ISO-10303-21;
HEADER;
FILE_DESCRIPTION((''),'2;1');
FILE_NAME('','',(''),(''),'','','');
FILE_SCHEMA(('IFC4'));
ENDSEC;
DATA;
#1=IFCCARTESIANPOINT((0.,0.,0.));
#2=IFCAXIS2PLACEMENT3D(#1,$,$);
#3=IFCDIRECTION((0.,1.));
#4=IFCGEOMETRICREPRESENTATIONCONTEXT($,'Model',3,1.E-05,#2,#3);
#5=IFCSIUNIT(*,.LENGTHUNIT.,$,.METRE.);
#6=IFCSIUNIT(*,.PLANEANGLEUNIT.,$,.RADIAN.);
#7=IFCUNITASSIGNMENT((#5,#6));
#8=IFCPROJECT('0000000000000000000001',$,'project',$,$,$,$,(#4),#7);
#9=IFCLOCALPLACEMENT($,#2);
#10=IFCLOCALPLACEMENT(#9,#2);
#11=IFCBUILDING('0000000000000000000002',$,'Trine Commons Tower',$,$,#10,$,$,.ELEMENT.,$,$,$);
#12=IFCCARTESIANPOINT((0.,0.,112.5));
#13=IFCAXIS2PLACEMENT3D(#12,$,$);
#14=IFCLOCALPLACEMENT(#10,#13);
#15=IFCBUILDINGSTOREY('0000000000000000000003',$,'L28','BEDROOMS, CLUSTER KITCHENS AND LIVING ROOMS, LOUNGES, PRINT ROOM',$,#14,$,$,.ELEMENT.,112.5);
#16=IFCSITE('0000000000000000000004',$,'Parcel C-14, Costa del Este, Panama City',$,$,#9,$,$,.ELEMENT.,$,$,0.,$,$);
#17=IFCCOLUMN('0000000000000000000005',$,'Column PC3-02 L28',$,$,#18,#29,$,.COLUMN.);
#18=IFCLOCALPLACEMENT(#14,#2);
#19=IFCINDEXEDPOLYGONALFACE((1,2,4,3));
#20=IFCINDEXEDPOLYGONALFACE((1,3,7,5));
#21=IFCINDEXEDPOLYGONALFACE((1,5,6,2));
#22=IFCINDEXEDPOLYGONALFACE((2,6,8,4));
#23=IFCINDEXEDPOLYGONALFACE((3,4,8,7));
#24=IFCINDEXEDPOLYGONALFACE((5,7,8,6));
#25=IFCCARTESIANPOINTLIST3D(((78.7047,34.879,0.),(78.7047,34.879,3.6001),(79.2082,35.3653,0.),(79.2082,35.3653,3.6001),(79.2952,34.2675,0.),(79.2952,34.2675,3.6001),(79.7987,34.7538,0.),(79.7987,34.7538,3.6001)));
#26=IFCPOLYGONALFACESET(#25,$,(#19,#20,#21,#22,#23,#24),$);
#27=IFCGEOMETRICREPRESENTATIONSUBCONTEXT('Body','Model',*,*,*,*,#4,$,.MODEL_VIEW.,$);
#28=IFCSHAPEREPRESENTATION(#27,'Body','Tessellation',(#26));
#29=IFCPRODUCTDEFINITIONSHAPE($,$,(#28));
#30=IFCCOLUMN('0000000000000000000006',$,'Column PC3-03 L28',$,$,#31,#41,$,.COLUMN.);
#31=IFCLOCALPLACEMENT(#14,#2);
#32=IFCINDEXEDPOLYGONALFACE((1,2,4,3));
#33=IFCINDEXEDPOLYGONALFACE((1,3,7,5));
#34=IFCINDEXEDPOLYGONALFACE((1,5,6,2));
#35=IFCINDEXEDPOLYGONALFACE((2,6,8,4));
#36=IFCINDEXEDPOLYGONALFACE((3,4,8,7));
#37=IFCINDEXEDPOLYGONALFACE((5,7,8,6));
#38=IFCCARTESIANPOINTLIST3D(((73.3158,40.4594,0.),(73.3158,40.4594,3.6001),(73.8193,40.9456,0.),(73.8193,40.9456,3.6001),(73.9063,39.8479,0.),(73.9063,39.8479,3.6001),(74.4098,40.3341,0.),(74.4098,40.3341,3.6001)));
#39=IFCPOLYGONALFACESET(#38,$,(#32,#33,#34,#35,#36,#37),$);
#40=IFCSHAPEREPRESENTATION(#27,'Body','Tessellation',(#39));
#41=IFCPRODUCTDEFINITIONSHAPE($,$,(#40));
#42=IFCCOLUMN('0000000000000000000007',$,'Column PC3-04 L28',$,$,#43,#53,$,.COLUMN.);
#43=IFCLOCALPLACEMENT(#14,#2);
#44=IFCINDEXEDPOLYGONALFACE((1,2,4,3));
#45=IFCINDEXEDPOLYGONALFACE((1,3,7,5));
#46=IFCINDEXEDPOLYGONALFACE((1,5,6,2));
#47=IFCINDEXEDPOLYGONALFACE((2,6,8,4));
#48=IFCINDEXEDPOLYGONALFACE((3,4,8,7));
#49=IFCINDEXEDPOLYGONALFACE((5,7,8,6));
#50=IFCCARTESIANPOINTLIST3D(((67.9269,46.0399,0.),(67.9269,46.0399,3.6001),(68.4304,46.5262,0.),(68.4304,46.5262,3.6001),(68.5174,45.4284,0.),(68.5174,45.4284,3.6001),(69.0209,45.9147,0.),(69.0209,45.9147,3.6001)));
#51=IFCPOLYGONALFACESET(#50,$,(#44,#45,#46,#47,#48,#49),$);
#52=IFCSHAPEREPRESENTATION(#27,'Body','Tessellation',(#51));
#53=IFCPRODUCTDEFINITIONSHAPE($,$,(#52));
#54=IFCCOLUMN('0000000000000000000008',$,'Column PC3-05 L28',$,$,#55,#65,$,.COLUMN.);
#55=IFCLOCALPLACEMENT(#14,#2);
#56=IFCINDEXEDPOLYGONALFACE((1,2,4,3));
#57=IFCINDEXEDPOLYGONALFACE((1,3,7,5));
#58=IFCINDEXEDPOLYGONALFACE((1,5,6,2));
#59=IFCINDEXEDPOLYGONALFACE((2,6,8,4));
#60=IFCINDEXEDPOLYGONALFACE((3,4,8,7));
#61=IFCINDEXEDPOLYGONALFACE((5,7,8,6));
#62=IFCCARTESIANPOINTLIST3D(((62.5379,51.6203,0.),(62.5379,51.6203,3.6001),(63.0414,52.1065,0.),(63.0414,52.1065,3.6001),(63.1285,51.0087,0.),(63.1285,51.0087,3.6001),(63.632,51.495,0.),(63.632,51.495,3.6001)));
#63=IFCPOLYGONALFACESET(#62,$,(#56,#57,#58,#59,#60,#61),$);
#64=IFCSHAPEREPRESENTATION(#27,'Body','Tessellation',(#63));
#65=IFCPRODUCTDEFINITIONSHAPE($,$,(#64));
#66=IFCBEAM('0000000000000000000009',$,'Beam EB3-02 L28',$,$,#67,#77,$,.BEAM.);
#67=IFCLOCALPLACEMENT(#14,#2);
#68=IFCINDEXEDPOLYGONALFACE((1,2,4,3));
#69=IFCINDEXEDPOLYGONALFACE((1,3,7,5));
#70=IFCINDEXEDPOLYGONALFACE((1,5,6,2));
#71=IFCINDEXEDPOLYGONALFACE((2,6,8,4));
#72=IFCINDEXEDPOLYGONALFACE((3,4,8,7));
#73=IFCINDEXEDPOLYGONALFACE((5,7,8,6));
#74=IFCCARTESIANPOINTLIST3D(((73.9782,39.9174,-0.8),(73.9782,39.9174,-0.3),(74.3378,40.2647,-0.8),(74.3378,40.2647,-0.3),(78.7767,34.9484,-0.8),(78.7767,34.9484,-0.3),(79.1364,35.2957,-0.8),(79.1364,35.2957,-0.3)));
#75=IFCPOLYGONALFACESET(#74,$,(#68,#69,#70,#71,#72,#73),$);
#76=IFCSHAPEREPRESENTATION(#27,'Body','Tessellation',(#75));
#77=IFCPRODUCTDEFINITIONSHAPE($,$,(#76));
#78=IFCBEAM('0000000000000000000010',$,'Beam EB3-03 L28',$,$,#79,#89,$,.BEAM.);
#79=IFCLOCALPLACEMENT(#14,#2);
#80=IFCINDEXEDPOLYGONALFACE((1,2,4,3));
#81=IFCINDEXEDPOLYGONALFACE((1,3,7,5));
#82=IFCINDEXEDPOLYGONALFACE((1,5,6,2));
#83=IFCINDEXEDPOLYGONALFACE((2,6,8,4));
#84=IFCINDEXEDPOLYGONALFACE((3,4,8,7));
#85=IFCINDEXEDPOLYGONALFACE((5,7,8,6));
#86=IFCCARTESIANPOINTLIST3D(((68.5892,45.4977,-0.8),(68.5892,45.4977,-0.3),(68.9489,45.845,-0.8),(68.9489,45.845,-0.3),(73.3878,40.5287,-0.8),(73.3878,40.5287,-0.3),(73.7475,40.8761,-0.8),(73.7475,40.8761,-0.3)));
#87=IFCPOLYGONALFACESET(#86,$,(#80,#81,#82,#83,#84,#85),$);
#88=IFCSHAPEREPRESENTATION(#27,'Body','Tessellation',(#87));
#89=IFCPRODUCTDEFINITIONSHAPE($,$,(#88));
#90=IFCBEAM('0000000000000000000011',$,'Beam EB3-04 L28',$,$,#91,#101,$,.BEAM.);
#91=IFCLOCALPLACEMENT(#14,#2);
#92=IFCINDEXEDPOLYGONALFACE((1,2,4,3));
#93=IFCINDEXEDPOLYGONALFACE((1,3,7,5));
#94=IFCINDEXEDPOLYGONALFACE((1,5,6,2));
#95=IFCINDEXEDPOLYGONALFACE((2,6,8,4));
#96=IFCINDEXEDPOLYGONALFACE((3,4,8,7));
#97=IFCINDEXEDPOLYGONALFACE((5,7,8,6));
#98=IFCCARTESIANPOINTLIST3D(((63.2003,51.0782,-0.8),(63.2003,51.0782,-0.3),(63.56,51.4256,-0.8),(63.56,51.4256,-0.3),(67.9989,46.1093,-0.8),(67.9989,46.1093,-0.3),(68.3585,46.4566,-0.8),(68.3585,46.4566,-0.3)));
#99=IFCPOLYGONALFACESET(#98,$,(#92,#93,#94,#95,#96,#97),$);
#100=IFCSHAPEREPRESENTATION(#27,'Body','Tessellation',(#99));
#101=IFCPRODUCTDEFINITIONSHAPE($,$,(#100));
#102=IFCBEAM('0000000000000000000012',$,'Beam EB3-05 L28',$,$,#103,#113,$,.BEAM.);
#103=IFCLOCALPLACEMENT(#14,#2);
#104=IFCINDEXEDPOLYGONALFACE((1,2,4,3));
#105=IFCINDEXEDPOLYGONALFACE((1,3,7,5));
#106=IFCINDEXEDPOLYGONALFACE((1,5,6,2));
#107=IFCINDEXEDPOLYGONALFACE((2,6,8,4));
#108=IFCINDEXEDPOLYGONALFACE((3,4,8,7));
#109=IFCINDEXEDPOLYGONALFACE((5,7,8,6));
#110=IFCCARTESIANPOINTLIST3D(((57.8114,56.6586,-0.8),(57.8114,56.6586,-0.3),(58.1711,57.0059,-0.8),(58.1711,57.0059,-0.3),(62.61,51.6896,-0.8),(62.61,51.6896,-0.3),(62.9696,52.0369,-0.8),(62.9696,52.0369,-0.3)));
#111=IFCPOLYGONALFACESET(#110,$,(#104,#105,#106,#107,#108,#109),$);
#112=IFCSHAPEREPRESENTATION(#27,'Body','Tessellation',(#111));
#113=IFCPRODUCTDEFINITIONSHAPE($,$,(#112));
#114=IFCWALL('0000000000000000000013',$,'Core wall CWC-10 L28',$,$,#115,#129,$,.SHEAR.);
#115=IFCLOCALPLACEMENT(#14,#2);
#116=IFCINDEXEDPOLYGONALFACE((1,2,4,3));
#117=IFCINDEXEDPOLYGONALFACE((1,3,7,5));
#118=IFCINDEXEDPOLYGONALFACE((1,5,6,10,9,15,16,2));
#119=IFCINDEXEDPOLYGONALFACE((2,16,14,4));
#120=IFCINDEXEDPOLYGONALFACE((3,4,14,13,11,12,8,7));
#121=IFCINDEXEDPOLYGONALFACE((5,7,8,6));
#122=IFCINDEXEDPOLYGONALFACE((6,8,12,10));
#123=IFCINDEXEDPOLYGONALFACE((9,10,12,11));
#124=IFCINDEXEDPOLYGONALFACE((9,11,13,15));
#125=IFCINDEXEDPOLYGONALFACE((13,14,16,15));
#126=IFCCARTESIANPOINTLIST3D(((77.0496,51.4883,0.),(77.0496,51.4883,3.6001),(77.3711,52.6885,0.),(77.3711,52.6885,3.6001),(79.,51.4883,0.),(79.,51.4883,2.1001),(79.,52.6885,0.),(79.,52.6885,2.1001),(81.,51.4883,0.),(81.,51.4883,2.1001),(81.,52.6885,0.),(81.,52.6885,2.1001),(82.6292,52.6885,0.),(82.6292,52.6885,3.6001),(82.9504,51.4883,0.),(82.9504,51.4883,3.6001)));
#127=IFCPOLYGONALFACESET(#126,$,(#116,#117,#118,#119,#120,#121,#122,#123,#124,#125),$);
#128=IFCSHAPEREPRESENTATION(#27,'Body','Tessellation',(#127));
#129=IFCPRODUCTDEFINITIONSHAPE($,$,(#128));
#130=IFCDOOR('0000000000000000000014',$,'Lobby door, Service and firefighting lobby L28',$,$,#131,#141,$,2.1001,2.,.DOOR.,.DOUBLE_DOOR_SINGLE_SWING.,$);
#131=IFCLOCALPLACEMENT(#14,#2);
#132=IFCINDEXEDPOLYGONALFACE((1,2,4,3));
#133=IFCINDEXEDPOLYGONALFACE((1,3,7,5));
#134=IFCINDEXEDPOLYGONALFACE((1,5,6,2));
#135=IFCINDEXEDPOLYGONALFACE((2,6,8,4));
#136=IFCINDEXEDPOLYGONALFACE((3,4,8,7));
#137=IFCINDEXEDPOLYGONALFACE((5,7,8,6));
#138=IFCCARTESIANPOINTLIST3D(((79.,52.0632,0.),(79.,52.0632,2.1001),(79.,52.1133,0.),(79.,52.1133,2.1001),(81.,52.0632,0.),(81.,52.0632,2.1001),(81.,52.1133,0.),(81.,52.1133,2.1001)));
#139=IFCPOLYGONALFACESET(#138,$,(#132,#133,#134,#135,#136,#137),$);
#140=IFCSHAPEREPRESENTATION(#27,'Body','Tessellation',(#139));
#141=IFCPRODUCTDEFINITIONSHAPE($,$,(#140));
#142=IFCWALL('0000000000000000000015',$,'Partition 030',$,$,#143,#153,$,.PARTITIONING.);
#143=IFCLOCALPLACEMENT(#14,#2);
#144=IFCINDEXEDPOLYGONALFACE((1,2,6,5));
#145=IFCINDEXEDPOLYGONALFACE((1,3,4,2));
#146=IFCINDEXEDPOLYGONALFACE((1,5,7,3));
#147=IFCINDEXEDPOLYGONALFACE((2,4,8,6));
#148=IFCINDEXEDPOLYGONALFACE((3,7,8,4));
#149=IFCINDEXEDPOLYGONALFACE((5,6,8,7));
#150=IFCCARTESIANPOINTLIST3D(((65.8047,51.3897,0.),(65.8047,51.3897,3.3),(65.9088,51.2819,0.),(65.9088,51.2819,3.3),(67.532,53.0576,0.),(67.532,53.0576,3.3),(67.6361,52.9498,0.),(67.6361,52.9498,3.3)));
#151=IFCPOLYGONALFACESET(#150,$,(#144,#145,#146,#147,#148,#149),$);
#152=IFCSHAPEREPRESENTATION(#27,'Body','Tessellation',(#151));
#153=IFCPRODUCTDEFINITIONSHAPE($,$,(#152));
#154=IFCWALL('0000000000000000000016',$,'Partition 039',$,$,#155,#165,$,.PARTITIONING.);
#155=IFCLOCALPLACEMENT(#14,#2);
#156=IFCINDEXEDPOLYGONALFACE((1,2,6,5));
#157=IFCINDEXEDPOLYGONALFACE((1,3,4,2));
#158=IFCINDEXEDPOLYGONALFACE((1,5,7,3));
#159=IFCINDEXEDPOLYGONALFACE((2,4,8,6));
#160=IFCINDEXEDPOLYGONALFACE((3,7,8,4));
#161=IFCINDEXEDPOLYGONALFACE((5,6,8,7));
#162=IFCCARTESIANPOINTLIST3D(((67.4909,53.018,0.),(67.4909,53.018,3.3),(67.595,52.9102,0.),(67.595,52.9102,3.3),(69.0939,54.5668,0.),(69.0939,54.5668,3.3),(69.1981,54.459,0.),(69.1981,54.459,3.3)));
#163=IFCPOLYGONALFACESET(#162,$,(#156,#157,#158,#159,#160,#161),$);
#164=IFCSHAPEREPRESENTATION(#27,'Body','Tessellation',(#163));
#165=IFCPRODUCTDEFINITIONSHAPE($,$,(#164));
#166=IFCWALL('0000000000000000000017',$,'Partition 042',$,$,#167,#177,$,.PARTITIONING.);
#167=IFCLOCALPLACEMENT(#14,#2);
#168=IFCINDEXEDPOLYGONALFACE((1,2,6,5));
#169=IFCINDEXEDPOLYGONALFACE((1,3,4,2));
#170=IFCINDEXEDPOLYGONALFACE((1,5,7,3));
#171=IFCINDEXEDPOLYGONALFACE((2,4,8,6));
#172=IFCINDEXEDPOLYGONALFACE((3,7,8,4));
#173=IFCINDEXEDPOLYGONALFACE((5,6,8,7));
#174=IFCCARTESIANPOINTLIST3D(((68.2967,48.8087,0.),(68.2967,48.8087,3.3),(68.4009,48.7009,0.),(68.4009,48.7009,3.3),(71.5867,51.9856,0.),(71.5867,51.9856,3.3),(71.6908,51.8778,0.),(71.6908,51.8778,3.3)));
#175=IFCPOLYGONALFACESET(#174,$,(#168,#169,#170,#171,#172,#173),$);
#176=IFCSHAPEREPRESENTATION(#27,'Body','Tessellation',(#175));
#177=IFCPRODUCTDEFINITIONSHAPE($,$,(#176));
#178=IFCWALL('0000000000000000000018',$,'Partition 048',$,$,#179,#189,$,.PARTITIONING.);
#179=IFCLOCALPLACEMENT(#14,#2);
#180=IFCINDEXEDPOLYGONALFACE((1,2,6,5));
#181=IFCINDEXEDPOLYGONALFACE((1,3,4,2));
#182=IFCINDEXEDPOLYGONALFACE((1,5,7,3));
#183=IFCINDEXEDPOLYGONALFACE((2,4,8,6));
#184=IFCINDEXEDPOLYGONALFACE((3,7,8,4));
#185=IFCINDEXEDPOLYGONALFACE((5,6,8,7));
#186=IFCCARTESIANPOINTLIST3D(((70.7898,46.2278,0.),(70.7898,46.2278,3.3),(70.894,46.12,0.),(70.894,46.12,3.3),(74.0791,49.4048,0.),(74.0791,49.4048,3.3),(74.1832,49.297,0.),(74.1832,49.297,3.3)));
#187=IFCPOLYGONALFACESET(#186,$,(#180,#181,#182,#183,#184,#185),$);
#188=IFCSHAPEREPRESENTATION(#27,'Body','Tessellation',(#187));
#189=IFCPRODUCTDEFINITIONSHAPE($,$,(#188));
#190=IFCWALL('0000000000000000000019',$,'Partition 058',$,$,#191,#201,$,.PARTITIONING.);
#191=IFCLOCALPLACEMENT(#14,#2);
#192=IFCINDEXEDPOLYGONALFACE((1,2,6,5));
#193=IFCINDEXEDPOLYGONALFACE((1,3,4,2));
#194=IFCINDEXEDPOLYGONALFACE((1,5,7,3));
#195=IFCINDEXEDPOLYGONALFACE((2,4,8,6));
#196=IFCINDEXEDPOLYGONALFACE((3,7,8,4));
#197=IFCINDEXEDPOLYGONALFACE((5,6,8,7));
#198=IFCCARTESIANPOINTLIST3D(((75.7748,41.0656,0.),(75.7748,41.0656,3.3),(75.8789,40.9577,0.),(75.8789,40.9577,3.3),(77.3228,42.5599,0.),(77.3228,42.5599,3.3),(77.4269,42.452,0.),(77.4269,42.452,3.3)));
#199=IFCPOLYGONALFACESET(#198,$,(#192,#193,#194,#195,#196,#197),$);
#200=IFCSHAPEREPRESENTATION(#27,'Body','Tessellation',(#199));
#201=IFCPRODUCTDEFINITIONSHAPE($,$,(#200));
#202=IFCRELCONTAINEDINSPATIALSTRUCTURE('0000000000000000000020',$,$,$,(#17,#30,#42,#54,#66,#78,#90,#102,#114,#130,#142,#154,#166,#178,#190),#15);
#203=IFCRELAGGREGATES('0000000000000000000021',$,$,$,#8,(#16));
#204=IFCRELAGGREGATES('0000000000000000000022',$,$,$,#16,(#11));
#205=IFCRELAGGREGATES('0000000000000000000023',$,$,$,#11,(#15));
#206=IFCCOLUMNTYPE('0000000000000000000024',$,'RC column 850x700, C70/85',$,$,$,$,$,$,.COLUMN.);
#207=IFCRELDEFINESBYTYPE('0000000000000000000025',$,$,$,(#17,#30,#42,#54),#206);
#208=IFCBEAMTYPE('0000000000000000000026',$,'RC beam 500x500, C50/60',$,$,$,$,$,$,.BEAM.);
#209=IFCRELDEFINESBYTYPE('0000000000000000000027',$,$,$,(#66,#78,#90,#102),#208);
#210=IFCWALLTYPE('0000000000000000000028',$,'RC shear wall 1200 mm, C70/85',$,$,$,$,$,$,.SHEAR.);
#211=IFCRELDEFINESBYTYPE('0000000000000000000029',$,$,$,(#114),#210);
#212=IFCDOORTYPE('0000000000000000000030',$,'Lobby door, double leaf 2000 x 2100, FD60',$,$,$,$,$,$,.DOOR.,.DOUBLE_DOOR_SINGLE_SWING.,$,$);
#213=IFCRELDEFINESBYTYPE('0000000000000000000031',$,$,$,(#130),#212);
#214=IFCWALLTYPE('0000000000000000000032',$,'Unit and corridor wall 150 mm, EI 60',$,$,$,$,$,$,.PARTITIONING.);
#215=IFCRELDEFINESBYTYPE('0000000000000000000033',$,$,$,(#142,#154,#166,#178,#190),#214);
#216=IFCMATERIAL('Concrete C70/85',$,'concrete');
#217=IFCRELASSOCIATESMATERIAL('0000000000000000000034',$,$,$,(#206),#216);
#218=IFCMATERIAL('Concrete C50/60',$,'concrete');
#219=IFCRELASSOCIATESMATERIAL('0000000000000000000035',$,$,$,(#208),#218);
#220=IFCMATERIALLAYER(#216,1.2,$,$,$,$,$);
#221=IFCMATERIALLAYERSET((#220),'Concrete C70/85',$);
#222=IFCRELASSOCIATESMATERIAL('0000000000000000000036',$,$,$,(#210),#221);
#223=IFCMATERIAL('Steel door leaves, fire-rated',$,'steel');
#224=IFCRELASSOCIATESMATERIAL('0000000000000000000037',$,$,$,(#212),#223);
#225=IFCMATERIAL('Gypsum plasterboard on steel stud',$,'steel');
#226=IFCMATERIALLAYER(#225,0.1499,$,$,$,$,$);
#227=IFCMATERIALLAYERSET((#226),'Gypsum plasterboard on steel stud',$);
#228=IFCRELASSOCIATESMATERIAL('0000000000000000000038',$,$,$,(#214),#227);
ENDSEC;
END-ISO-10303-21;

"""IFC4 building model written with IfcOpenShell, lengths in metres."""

from ifc_helpers import new_model, si_unit, direction, frame, frame_2d, origin, origin_2d, place, context, subcontext, project, spatial, polyline, rectangle, outline, extrude, material, layer, layer_set, material_profile, profile_set, type_object, element, fill, save


model = new_model("IFC4")

# Units and contexts
model_context = context("Model", 3, precision=1e-05, world=origin(), true_north=direction((0.0, 1.0)))
body_context = subcontext(model_context, "Body", "Model", "MODEL_VIEW")
ifc_project = project(units=[si_unit("LENGTHUNIT", "METRE"), si_unit("PLANEANGLEUNIT", "RADIAN")], contexts=[model_context])

# Site, building, storey
site_placement = place(None, origin())
site = spatial("IfcSite", under=ifc_project, at=site_placement, Name="Parcel C-14, Costa del Este, Panama City", CompositionType="ELEMENT", RefElevation=0.0)
building_placement = place(site_placement, origin())
building = spatial("IfcBuilding", under=site, at=building_placement, Name="Trine Commons Tower", CompositionType="ELEMENT")
storey_placement = place(building_placement, frame((0.0, 0.0, 112.5)))
storey = spatial("IfcBuildingStorey", under=building, at=storey_placement, Name="L28", Description="BEDROOMS, CLUSTER KITCHENS AND LIVING ROOMS, LOUNGES, PRINT ROOM", CompositionType="ELEMENT", Elevation=112.5)

# Columns
ifc_material_1 = material(Name="Concrete C70/85", Category="concrete")
ifc_material_profile_1 = material_profile(ifc_material_1, rectangle(XDim=0.8501, YDim=0.7, at=origin_2d()), Name="RC 850x700")
ifc_profile_set_1 = profile_set([ifc_material_profile_1], Name="Concrete C70/85")
column_type = type_object("IfcColumnType", Name="RC column 850x700, C70/85", PredefinedType="COLUMN", material=ifc_profile_set_1)
for number, where, z_axis, x_axis, name in (
    (1, (79.2517, 34.8164, 0.0), (0.0, 0.0, 1.0), (-0.694658, 0.71934, 0.0), "Column PC3-02 L28"),
    (2, (73.8628, 40.3967, 0.0), (0.0, 0.0, 1.0), (-0.694658, 0.71934, 0.0), "Column PC3-03 L28"),
    (3, (68.4739, 45.9773, 0.0), (0.0, 0.0, 1.0), (-0.694658, 0.71934, 0.0), "Column PC3-04 L28"),
    (4, (63.085, 51.5576, 0.0), (0.0, 0.0, 1.0), (-0.694658, 0.71934, 0.0), "Column PC3-05 L28"),
):
    element("IfcColumn", number, at=place(storey_placement, frame(where, z_axis=z_axis, x_axis=x_axis)), inside=storey, type_object=column_type, Name=name, PredefinedType="COLUMN", context=body_context, shape_type="SweptSolid", body=[
        extrude(rectangle(XDim=0.8501, YDim=0.7, at=origin_2d()), origin(), (0.0, 0.0, 1.0), 3.6001),
    ])

# Beams
ifc_material_2 = material(Name="Concrete C50/60", Category="concrete")
ifc_material_profile_2 = material_profile(ifc_material_2, rectangle(XDim=0.5, YDim=0.5, at=origin_2d()), Name="RC 500x500")
ifc_profile_set_2 = profile_set([ifc_material_profile_2], Name="Concrete C50/60")
beam_type = type_object("IfcBeamType", Name="RC beam 500x500, C50/60", PredefinedType="BEAM", material=ifc_profile_set_2)
for number, where, z_axis, x_axis, name in (
    (5, (78.9565, 35.1221, -0.55), (-0.694665, 0.719334, 0.0), (-0.719334, -0.694665, 0.0), "Beam EB3-02 L28"),
    (6, (73.5676, 40.7024, -0.55), (-0.694665, 0.719334, 0.0), (-0.719334, -0.694665, 0.0), "Beam EB3-03 L28"),
    (7, (68.1787, 46.283, -0.55), (-0.694665, 0.719334, 0.0), (-0.719334, -0.694665, 0.0), "Beam EB3-04 L28"),
    (8, (62.7898, 51.8633, -0.55), (-0.694665, 0.719334, 0.0), (-0.719334, -0.694665, 0.0), "Beam EB3-05 L28"),
):
    element("IfcBeam", number, at=place(storey_placement, frame(where, z_axis=z_axis, x_axis=x_axis)), inside=storey, type_object=beam_type, Name=name, PredefinedType="BEAM", context=body_context, shape_type="SweptSolid", body=[
        extrude(rectangle(XDim=0.5, YDim=0.5, at=origin_2d()), origin(), (0.0, 0.0, 1.0), 6.9077),
    ])

# Wall, opening, door
ifc_layer_1 = layer(ifc_material_1, 1.2)
ifc_layer_set_1 = layer_set([ifc_layer_1], Name="Concrete C70/85")
wall_type_1 = type_object("IfcWallType", Name="RC shear wall 1200 mm, C70/85", PredefinedType="SHEAR", material=ifc_layer_set_1)
wall_1_placement = place(storey_placement, frame((77.0496, 52.0884, 0.0), z_axis=(0.0, 0.0, 1.0), x_axis=(1.0, 0.0, 0.0)))
wall_1 = element("IfcWall", 9, at=wall_1_placement, inside=storey, type_object=wall_type_1, Name="Core wall CWC-10 L28", PredefinedType="SHEAR", context=body_context, shape_type="SweptSolid", body=[
    extrude(outline(polyline([(0.0, -0.6001), (5.9009, -0.6001), (5.5796, 0.6001), (0.3215, 0.6001), (0.0, -0.6001)])), origin(), (0.0, 0.0, 1.0), 3.6001),
])
opening_1_placement = place(wall_1_placement, frame((1.9504, 0.0, 0.0)))
opening_1 = element("IfcOpeningElement", 10, at=opening_1_placement, cuts=wall_1, PredefinedType="OPENING", context=body_context, shape_type="SweptSolid", body=[
    extrude(rectangle(XDim=2.0, YDim=2.1001, at=frame_2d((1.0, 1.05))), frame((0.0, 0.6099, 0.0), z_axis=(0.0, -1.0, 0.0), x_axis=(1.0, 0.0, 0.0)), (0.0, 0.0, 1.0), 1.22),
])
ifc_material_3 = material(Name="Steel door leaves, fire-rated", Category="steel")
door_type_1 = type_object("IfcDoorType", Name="Lobby door, double leaf 2000 x 2100, FD60", OperationType="DOUBLE_DOOR_SINGLE_SWING", PredefinedType="DOOR", material=ifc_material_3)
door_1_placement = place(opening_1_placement, origin())
door_1 = element("IfcDoor", 11, at=door_1_placement, inside=storey, type_object=door_type_1, Name="Lobby door, Service and firefighting lobby L28", OperationType="DOUBLE_DOOR_SINGLE_SWING", OverallHeight=2.1001, OverallWidth=2.0, PredefinedType="DOOR", context=body_context, shape_type="SweptSolid", body=[
    extrude(rectangle(XDim=2.0, YDim=2.1001, at=frame_2d((1.0, 1.05))), frame((0.0, 0.0249, 0.0), z_axis=(0.0, -1.0, 0.0), x_axis=(1.0, 0.0, 0.0)), (0.0, 0.0, 1.0), 0.05),
])
fill(opening_1, door_1)

# Walls
ifc_material_4 = material(Name="Gypsum plasterboard on steel stud", Category="steel")
ifc_layer_2 = layer(ifc_material_4, 0.1499)
ifc_layer_set_2 = layer_set([ifc_layer_2], Name="Gypsum plasterboard on steel stud")
wall_type_2 = type_object("IfcWallType", Name="Unit and corridor wall 150 mm, EI 60", PredefinedType="PARTITIONING", material=ifc_layer_set_2)
wall_2_placement = place(storey_placement, frame((65.8567, 51.3357, 0.0), z_axis=(0.0, 0.0, 1.0), x_axis=(0.719352, 0.694645, 0.0)))
element("IfcWall", 12, at=wall_2_placement, inside=storey, type_object=wall_type_2, Name="Partition 030", PredefinedType="PARTITIONING", context=body_context, shape_type="SweptSolid", body=[
    extrude(rectangle(XDim=2.4011, YDim=0.1499, at=frame_2d((1.2007, 0.0))), origin(), (0.0, 0.0, 1.0), 3.3),
])
wall_3_placement = place(storey_placement, frame((67.543, 52.9641, 0.0), z_axis=(0.0, 0.0, 1.0), x_axis=(0.71916, 0.694845, 0.0)))
element("IfcWall", 13, at=wall_3_placement, inside=storey, type_object=wall_type_2, Name="Partition 039", PredefinedType="PARTITIONING", context=body_context, shape_type="SweptSolid", body=[
    extrude(rectangle(XDim=2.229, YDim=0.1499, at=frame_2d((1.1145, 0.0))), origin(), (0.0, 0.0, 1.0), 3.3),
])
wall_4_placement = place(storey_placement, frame((68.3489, 48.7549, 0.0), z_axis=(0.0, 0.0, 1.0), x_axis=(0.719356, 0.694641, 0.0)))
element("IfcWall", 14, at=wall_4_placement, inside=storey, type_object=wall_type_2, Name="Partition 042", PredefinedType="PARTITIONING", context=body_context, shape_type="SweptSolid", body=[
    extrude(rectangle(XDim=4.5735, YDim=0.1499, at=frame_2d((2.2866, 0.0))), origin(), (0.0, 0.0, 1.0), 3.3),
])
wall_5_placement = place(storey_placement, frame((70.8418, 46.1738, 0.0), z_axis=(0.0, 0.0, 1.0), x_axis=(0.719279, 0.694721, 0.0)))
element("IfcWall", 15, at=wall_5_placement, inside=storey, type_object=wall_type_2, Name="Partition 048", PredefinedType="PARTITIONING", context=body_context, shape_type="SweptSolid", body=[
    extrude(rectangle(XDim=4.573, YDim=0.1499, at=frame_2d((2.2866, 0.0))), origin(), (0.0, 0.0, 1.0), 3.3),
])
wall_6_placement = place(storey_placement, frame((75.8269, 41.0117, 0.0), z_axis=(0.0, 0.0, 1.0), x_axis=(0.719478, 0.694516, 0.0)))
element("IfcWall", 16, at=wall_6_placement, inside=storey, type_object=wall_type_2, Name="Partition 058", PredefinedType="PARTITIONING", context=body_context, shape_type="SweptSolid", body=[
    extrude(rectangle(XDim=2.1516, YDim=0.1499, at=frame_2d((1.0757, 0.0))), origin(), (0.0, 0.0, 1.0), 3.3),
])

save(model, "model.ifc")
